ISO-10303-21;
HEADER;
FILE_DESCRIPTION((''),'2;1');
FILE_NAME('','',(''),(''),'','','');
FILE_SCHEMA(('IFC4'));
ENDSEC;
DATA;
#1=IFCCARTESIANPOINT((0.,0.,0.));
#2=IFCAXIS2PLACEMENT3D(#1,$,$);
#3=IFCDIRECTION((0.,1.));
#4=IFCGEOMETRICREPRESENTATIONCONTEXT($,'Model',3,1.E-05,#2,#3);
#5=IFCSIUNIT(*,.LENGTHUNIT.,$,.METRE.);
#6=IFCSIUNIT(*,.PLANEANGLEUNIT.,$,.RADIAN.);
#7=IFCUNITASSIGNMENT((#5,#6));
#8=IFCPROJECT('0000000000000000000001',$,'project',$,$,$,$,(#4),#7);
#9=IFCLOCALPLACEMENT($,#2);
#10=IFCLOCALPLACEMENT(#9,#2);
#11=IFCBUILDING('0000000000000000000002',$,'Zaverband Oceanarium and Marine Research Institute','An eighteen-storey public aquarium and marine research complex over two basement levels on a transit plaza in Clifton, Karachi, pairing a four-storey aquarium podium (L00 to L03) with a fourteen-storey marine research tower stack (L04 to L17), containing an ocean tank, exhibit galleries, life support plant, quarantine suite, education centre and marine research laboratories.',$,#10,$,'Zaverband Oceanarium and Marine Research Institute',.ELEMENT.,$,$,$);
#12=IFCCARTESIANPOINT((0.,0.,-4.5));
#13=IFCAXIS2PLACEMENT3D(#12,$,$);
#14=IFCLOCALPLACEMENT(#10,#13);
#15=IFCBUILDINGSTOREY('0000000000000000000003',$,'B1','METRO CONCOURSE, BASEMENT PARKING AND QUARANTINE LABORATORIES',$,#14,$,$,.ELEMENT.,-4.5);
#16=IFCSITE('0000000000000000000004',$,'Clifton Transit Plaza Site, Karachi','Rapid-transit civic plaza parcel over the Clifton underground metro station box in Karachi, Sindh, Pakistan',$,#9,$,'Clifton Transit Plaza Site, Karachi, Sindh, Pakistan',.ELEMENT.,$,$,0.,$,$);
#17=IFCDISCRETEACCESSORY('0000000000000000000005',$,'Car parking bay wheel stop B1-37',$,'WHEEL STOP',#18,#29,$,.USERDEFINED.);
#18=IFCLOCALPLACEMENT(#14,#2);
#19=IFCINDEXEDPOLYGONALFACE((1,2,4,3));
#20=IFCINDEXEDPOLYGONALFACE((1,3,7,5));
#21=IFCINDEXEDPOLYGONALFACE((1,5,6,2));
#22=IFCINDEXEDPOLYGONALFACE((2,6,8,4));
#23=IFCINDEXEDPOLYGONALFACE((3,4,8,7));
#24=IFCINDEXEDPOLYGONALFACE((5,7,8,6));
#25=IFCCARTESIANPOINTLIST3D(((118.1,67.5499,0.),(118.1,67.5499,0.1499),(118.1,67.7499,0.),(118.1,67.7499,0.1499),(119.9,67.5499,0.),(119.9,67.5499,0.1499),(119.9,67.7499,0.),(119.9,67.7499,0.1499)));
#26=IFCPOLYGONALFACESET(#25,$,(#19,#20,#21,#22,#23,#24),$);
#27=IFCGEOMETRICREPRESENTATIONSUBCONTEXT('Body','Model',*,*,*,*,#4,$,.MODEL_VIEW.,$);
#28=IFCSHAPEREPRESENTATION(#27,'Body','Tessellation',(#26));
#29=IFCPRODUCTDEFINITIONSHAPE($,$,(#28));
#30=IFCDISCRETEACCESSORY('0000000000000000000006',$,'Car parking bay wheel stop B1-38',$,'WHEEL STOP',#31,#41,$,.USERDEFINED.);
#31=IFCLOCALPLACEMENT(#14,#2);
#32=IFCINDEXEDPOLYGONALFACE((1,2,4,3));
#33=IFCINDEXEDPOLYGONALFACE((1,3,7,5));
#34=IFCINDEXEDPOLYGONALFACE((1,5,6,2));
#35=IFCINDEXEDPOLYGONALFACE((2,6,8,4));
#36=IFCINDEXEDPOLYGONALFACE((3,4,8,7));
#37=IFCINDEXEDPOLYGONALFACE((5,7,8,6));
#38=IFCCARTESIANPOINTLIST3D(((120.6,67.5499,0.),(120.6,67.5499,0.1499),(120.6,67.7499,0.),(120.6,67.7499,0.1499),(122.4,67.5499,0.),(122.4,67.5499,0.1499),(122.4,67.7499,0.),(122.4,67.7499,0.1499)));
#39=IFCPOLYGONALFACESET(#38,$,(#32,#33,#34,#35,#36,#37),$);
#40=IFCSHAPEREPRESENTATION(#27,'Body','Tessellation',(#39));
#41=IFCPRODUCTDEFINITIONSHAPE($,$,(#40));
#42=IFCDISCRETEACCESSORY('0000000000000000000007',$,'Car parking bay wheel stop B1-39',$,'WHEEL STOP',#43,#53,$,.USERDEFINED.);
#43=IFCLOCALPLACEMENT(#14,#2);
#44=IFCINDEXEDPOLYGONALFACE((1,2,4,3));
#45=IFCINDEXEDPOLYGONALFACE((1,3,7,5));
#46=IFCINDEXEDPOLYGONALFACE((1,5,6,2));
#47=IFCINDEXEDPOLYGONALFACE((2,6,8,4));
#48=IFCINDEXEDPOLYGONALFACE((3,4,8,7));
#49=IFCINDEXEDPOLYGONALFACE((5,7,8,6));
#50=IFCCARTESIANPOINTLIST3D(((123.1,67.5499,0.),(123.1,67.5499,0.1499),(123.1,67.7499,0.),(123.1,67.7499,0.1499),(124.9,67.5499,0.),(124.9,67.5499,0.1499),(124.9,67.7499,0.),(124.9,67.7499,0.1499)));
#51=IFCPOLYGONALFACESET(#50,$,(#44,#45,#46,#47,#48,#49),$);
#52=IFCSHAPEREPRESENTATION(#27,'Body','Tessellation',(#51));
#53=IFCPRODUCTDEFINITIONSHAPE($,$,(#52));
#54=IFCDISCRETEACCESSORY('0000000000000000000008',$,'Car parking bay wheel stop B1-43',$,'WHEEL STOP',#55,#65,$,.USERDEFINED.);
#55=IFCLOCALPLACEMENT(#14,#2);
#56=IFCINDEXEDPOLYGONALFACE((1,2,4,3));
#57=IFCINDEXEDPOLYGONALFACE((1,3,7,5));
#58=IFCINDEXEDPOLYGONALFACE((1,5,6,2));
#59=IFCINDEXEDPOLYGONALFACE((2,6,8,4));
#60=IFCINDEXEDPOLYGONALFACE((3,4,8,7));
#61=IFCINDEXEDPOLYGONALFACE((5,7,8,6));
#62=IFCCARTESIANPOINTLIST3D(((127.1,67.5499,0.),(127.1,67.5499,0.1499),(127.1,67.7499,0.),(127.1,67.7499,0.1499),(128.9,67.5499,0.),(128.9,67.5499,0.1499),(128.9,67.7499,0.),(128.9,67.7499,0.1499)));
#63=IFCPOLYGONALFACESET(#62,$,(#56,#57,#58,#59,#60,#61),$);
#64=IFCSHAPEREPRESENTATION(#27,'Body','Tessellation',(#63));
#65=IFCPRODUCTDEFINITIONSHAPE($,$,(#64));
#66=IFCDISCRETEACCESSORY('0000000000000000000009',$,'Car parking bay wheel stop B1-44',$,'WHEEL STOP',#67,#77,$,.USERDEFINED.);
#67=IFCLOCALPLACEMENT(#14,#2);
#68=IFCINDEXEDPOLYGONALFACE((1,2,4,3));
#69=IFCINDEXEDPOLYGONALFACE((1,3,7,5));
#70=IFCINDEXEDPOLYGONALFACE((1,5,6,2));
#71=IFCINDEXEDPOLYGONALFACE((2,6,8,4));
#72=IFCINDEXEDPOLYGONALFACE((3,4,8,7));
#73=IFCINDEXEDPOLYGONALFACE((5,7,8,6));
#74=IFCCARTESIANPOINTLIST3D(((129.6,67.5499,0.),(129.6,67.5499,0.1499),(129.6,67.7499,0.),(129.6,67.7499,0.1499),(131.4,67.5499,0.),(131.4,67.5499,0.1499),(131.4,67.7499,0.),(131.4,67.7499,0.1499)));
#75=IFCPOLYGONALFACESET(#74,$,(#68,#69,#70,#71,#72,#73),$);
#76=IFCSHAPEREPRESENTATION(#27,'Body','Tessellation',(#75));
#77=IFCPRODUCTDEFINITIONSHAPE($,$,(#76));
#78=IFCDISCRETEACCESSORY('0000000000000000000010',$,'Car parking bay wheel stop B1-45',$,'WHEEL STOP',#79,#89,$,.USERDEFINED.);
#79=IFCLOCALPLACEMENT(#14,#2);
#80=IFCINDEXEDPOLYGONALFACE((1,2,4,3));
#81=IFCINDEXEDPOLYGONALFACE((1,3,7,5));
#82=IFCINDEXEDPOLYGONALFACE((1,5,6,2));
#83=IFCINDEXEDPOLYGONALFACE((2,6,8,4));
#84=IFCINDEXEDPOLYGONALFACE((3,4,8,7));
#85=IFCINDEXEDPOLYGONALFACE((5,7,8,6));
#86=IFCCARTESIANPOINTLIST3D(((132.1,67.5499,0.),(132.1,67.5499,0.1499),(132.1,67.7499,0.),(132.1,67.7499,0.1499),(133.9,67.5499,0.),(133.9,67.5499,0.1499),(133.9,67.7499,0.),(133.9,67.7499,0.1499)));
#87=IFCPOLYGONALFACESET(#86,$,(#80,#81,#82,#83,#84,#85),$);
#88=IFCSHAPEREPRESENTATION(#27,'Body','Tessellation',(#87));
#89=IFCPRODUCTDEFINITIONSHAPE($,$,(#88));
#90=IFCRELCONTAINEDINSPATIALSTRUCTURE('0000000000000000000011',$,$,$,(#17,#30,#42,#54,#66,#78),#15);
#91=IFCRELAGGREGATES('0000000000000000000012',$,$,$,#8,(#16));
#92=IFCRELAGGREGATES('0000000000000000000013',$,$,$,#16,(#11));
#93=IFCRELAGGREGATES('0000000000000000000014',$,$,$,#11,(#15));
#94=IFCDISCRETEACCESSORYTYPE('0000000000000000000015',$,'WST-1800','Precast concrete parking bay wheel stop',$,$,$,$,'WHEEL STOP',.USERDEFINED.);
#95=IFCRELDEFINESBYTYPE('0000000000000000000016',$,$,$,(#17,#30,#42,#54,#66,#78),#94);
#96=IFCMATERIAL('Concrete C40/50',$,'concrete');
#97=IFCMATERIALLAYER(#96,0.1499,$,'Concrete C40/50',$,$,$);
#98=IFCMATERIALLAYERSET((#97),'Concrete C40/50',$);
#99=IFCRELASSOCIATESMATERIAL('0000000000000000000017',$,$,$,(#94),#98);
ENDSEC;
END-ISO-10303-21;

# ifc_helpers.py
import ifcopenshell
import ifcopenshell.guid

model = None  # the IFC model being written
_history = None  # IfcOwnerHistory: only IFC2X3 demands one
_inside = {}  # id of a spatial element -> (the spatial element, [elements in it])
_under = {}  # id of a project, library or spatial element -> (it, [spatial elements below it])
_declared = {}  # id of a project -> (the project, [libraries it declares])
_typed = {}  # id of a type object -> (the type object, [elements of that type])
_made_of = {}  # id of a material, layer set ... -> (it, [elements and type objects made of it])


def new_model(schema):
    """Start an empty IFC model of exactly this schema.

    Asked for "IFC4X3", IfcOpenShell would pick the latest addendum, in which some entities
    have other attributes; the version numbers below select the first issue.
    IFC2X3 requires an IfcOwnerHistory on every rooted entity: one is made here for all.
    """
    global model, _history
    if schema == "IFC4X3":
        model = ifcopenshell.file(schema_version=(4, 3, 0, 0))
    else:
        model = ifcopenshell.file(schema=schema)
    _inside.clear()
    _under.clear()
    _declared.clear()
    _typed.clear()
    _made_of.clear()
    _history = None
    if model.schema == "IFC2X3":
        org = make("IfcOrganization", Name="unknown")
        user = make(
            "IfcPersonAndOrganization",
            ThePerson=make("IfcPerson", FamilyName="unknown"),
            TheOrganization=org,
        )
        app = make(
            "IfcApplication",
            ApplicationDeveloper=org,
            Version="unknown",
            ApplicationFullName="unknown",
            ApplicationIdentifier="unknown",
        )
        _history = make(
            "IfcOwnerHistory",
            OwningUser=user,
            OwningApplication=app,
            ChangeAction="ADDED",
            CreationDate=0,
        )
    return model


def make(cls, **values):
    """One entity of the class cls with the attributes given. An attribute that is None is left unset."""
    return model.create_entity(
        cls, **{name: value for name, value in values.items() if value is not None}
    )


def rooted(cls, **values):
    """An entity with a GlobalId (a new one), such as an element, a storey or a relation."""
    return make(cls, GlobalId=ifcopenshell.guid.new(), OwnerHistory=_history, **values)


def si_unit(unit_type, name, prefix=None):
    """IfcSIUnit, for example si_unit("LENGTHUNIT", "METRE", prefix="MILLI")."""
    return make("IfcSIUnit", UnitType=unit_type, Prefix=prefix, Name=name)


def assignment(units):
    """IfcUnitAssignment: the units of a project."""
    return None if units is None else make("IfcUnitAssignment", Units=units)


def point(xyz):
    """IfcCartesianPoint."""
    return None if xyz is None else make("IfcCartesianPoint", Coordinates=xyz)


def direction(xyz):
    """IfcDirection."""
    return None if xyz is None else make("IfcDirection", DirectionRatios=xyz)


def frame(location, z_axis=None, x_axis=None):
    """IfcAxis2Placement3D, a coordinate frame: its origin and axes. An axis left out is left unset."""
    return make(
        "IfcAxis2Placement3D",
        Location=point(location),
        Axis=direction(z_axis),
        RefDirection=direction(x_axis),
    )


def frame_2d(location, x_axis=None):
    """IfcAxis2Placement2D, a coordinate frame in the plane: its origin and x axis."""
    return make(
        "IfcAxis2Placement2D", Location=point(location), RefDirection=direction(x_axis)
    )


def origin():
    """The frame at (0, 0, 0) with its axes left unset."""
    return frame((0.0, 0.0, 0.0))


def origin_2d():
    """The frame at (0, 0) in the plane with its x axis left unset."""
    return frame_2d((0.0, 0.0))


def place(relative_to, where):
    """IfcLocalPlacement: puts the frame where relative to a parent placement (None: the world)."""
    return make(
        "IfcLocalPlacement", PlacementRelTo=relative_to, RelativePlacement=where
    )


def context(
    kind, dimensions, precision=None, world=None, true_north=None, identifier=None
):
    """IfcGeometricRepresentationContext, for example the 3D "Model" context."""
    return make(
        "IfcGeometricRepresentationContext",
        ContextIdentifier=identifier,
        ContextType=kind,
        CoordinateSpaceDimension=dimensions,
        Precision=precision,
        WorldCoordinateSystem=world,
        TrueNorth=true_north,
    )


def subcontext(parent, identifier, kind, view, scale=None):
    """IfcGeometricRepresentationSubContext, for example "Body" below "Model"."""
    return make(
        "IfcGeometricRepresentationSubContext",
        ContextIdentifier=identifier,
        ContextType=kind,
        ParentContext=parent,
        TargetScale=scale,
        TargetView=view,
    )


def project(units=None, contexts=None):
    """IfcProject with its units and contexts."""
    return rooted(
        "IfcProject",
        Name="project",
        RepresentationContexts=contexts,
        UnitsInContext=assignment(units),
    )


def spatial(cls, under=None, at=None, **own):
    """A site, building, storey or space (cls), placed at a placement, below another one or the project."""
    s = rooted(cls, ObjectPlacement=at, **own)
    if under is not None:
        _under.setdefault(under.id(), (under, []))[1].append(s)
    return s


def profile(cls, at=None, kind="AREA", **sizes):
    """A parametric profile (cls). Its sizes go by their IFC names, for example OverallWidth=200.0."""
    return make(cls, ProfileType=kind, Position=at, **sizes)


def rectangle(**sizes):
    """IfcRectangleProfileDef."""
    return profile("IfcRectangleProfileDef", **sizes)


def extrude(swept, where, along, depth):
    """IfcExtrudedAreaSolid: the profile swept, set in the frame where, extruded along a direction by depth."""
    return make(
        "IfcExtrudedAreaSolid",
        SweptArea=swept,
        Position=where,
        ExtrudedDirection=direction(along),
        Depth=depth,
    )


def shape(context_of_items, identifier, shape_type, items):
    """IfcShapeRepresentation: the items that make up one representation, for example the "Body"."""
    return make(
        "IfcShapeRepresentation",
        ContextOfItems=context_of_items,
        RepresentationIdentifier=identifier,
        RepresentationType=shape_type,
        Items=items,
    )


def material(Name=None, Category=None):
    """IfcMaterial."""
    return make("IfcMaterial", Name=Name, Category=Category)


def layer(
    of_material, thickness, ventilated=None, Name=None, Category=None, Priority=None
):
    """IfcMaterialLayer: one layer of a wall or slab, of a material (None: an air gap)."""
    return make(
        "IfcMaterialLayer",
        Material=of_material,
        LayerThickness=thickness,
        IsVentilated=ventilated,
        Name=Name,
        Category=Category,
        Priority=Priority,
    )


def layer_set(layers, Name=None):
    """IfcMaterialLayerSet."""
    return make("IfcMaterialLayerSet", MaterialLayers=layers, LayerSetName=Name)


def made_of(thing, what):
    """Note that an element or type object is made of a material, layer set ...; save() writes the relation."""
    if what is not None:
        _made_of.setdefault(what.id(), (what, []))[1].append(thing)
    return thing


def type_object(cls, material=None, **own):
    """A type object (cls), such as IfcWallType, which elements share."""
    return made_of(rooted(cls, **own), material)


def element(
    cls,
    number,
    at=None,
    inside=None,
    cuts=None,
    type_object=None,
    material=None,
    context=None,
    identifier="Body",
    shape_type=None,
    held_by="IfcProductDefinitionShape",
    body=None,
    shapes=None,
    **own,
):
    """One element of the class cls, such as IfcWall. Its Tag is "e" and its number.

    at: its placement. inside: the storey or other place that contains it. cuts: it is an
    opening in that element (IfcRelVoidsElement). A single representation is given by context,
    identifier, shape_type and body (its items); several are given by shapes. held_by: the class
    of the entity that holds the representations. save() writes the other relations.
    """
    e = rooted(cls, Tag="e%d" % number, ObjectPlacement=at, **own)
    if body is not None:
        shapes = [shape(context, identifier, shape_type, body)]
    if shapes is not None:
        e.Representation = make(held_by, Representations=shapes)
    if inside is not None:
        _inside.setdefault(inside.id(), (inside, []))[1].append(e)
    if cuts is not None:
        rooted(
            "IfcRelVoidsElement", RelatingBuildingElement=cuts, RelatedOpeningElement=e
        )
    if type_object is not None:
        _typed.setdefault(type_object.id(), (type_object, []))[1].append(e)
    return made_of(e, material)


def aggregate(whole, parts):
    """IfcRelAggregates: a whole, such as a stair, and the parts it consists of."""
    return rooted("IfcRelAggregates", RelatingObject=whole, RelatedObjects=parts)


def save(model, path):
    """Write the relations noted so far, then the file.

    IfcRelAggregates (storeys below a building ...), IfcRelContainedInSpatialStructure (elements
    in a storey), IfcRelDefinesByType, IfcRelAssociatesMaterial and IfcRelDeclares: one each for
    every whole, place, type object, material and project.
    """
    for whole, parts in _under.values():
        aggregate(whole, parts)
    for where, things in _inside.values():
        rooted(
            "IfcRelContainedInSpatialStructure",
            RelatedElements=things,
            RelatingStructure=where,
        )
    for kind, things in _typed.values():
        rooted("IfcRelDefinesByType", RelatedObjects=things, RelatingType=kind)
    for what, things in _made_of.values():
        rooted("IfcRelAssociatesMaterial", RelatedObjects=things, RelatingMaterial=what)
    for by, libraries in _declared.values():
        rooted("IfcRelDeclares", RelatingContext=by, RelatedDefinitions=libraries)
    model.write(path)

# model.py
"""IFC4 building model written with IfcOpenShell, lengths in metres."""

from ifc_helpers import new_model, si_unit, direction, frame, origin, origin_2d, place, context, subcontext, project, spatial, rectangle, extrude, material, layer, layer_set, type_object, element, save


model = new_model("IFC4")

# Units and contexts
model_context = context("Model", 3, precision=1e-05, world=origin(), true_north=direction((0.0, 1.0)))
body_context = subcontext(model_context, "Body", "Model", "MODEL_VIEW")
ifc_project = project(units=[si_unit("LENGTHUNIT", "METRE"), si_unit("PLANEANGLEUNIT", "RADIAN")], contexts=[model_context])

# Site, building, storey
site_placement = place(None, origin())
site = spatial("IfcSite", under=ifc_project, at=site_placement, Name="Clifton Transit Plaza Site, Karachi", Description="Rapid-transit civic plaza parcel over the Clifton underground metro station box in Karachi, Sindh, Pakistan", LongName="Clifton Transit Plaza Site, Karachi, Sindh, Pakistan", CompositionType="ELEMENT", RefElevation=0.0)
building_placement = place(site_placement, origin())
building = spatial("IfcBuilding", under=site, at=building_placement, Name="Zaverband Oceanarium and Marine Research Institute", Description="An eighteen-storey public aquarium and marine research complex over two basement levels on a transit plaza in Clifton, Karachi, pairing a four-storey aquarium podium (L00 to L03) with a fourteen-storey marine research tower stack (L04 to L17), containing an ocean tank, exhibit galleries, life support plant, quarantine suite, education centre and marine research laboratories.", LongName="Zaverband Oceanarium and Marine Research Institute", CompositionType="ELEMENT")
storey_placement = place(building_placement, frame((0.0, 0.0, -4.5)))
storey = spatial("IfcBuildingStorey", under=building, at=storey_placement, Name="B1", Description="METRO CONCOURSE, BASEMENT PARKING AND QUARANTINE LABORATORIES", CompositionType="ELEMENT", Elevation=-4.5)

# Shared definitions
ifc_material_1 = material(Name="Concrete C40/50", Category="concrete")

# Discrete accessories
ifc_layer = layer(ifc_material_1, 0.1499, Name="Concrete C40/50")
ifc_layer_set = layer_set([ifc_layer], Name="Concrete C40/50")
discrete_accessory_type = type_object("IfcDiscreteAccessoryType", Name="WST-1800", Description="Precast concrete parking bay wheel stop", ElementType="WHEEL STOP", PredefinedType="USERDEFINED", material=ifc_layer_set)
for number, where, z_axis, x_axis, name in (
    (1, (119.0, 67.6499, 0.0), (0.0, 0.0, 1.0), (1.0, 0.0, 0.0), "Car parking bay wheel stop B1-37"),
    (2, (121.5, 67.6499, 0.0), (0.0, 0.0, 1.0), (1.0, 0.0, 0.0), "Car parking bay wheel stop B1-38"),
    (3, (124.0, 67.6499, 0.0), (0.0, 0.0, 1.0), (1.0, 0.0, 0.0), "Car parking bay wheel stop B1-39"),
    (4, (128.0, 67.6499, 0.0), (0.0, 0.0, 1.0), (1.0, 0.0, 0.0), "Car parking bay wheel stop B1-43"),
    (5, (130.5, 67.6499, 0.0), (0.0, 0.0, 1.0), (1.0, 0.0, 0.0), "Car parking bay wheel stop B1-44"),
    (6, (133.0, 67.6499, 0.0), (0.0, 0.0, 1.0), (1.0, 0.0, 0.0), "Car parking bay wheel stop B1-45"),
):
    element("IfcDiscreteAccessory", number, at=place(storey_placement, frame(where, z_axis=z_axis, x_axis=x_axis)), inside=storey, type_object=discrete_accessory_type, Name=name, ObjectType="WHEEL STOP", PredefinedType="USERDEFINED", context=body_context, shape_type="SweptSolid", body=[
        extrude(rectangle(XDim=1.8, YDim=0.2, at=origin_2d()), origin(), (0.0, 0.0, 1.0), 0.1499),
    ])

save(model, "model.ifc")
